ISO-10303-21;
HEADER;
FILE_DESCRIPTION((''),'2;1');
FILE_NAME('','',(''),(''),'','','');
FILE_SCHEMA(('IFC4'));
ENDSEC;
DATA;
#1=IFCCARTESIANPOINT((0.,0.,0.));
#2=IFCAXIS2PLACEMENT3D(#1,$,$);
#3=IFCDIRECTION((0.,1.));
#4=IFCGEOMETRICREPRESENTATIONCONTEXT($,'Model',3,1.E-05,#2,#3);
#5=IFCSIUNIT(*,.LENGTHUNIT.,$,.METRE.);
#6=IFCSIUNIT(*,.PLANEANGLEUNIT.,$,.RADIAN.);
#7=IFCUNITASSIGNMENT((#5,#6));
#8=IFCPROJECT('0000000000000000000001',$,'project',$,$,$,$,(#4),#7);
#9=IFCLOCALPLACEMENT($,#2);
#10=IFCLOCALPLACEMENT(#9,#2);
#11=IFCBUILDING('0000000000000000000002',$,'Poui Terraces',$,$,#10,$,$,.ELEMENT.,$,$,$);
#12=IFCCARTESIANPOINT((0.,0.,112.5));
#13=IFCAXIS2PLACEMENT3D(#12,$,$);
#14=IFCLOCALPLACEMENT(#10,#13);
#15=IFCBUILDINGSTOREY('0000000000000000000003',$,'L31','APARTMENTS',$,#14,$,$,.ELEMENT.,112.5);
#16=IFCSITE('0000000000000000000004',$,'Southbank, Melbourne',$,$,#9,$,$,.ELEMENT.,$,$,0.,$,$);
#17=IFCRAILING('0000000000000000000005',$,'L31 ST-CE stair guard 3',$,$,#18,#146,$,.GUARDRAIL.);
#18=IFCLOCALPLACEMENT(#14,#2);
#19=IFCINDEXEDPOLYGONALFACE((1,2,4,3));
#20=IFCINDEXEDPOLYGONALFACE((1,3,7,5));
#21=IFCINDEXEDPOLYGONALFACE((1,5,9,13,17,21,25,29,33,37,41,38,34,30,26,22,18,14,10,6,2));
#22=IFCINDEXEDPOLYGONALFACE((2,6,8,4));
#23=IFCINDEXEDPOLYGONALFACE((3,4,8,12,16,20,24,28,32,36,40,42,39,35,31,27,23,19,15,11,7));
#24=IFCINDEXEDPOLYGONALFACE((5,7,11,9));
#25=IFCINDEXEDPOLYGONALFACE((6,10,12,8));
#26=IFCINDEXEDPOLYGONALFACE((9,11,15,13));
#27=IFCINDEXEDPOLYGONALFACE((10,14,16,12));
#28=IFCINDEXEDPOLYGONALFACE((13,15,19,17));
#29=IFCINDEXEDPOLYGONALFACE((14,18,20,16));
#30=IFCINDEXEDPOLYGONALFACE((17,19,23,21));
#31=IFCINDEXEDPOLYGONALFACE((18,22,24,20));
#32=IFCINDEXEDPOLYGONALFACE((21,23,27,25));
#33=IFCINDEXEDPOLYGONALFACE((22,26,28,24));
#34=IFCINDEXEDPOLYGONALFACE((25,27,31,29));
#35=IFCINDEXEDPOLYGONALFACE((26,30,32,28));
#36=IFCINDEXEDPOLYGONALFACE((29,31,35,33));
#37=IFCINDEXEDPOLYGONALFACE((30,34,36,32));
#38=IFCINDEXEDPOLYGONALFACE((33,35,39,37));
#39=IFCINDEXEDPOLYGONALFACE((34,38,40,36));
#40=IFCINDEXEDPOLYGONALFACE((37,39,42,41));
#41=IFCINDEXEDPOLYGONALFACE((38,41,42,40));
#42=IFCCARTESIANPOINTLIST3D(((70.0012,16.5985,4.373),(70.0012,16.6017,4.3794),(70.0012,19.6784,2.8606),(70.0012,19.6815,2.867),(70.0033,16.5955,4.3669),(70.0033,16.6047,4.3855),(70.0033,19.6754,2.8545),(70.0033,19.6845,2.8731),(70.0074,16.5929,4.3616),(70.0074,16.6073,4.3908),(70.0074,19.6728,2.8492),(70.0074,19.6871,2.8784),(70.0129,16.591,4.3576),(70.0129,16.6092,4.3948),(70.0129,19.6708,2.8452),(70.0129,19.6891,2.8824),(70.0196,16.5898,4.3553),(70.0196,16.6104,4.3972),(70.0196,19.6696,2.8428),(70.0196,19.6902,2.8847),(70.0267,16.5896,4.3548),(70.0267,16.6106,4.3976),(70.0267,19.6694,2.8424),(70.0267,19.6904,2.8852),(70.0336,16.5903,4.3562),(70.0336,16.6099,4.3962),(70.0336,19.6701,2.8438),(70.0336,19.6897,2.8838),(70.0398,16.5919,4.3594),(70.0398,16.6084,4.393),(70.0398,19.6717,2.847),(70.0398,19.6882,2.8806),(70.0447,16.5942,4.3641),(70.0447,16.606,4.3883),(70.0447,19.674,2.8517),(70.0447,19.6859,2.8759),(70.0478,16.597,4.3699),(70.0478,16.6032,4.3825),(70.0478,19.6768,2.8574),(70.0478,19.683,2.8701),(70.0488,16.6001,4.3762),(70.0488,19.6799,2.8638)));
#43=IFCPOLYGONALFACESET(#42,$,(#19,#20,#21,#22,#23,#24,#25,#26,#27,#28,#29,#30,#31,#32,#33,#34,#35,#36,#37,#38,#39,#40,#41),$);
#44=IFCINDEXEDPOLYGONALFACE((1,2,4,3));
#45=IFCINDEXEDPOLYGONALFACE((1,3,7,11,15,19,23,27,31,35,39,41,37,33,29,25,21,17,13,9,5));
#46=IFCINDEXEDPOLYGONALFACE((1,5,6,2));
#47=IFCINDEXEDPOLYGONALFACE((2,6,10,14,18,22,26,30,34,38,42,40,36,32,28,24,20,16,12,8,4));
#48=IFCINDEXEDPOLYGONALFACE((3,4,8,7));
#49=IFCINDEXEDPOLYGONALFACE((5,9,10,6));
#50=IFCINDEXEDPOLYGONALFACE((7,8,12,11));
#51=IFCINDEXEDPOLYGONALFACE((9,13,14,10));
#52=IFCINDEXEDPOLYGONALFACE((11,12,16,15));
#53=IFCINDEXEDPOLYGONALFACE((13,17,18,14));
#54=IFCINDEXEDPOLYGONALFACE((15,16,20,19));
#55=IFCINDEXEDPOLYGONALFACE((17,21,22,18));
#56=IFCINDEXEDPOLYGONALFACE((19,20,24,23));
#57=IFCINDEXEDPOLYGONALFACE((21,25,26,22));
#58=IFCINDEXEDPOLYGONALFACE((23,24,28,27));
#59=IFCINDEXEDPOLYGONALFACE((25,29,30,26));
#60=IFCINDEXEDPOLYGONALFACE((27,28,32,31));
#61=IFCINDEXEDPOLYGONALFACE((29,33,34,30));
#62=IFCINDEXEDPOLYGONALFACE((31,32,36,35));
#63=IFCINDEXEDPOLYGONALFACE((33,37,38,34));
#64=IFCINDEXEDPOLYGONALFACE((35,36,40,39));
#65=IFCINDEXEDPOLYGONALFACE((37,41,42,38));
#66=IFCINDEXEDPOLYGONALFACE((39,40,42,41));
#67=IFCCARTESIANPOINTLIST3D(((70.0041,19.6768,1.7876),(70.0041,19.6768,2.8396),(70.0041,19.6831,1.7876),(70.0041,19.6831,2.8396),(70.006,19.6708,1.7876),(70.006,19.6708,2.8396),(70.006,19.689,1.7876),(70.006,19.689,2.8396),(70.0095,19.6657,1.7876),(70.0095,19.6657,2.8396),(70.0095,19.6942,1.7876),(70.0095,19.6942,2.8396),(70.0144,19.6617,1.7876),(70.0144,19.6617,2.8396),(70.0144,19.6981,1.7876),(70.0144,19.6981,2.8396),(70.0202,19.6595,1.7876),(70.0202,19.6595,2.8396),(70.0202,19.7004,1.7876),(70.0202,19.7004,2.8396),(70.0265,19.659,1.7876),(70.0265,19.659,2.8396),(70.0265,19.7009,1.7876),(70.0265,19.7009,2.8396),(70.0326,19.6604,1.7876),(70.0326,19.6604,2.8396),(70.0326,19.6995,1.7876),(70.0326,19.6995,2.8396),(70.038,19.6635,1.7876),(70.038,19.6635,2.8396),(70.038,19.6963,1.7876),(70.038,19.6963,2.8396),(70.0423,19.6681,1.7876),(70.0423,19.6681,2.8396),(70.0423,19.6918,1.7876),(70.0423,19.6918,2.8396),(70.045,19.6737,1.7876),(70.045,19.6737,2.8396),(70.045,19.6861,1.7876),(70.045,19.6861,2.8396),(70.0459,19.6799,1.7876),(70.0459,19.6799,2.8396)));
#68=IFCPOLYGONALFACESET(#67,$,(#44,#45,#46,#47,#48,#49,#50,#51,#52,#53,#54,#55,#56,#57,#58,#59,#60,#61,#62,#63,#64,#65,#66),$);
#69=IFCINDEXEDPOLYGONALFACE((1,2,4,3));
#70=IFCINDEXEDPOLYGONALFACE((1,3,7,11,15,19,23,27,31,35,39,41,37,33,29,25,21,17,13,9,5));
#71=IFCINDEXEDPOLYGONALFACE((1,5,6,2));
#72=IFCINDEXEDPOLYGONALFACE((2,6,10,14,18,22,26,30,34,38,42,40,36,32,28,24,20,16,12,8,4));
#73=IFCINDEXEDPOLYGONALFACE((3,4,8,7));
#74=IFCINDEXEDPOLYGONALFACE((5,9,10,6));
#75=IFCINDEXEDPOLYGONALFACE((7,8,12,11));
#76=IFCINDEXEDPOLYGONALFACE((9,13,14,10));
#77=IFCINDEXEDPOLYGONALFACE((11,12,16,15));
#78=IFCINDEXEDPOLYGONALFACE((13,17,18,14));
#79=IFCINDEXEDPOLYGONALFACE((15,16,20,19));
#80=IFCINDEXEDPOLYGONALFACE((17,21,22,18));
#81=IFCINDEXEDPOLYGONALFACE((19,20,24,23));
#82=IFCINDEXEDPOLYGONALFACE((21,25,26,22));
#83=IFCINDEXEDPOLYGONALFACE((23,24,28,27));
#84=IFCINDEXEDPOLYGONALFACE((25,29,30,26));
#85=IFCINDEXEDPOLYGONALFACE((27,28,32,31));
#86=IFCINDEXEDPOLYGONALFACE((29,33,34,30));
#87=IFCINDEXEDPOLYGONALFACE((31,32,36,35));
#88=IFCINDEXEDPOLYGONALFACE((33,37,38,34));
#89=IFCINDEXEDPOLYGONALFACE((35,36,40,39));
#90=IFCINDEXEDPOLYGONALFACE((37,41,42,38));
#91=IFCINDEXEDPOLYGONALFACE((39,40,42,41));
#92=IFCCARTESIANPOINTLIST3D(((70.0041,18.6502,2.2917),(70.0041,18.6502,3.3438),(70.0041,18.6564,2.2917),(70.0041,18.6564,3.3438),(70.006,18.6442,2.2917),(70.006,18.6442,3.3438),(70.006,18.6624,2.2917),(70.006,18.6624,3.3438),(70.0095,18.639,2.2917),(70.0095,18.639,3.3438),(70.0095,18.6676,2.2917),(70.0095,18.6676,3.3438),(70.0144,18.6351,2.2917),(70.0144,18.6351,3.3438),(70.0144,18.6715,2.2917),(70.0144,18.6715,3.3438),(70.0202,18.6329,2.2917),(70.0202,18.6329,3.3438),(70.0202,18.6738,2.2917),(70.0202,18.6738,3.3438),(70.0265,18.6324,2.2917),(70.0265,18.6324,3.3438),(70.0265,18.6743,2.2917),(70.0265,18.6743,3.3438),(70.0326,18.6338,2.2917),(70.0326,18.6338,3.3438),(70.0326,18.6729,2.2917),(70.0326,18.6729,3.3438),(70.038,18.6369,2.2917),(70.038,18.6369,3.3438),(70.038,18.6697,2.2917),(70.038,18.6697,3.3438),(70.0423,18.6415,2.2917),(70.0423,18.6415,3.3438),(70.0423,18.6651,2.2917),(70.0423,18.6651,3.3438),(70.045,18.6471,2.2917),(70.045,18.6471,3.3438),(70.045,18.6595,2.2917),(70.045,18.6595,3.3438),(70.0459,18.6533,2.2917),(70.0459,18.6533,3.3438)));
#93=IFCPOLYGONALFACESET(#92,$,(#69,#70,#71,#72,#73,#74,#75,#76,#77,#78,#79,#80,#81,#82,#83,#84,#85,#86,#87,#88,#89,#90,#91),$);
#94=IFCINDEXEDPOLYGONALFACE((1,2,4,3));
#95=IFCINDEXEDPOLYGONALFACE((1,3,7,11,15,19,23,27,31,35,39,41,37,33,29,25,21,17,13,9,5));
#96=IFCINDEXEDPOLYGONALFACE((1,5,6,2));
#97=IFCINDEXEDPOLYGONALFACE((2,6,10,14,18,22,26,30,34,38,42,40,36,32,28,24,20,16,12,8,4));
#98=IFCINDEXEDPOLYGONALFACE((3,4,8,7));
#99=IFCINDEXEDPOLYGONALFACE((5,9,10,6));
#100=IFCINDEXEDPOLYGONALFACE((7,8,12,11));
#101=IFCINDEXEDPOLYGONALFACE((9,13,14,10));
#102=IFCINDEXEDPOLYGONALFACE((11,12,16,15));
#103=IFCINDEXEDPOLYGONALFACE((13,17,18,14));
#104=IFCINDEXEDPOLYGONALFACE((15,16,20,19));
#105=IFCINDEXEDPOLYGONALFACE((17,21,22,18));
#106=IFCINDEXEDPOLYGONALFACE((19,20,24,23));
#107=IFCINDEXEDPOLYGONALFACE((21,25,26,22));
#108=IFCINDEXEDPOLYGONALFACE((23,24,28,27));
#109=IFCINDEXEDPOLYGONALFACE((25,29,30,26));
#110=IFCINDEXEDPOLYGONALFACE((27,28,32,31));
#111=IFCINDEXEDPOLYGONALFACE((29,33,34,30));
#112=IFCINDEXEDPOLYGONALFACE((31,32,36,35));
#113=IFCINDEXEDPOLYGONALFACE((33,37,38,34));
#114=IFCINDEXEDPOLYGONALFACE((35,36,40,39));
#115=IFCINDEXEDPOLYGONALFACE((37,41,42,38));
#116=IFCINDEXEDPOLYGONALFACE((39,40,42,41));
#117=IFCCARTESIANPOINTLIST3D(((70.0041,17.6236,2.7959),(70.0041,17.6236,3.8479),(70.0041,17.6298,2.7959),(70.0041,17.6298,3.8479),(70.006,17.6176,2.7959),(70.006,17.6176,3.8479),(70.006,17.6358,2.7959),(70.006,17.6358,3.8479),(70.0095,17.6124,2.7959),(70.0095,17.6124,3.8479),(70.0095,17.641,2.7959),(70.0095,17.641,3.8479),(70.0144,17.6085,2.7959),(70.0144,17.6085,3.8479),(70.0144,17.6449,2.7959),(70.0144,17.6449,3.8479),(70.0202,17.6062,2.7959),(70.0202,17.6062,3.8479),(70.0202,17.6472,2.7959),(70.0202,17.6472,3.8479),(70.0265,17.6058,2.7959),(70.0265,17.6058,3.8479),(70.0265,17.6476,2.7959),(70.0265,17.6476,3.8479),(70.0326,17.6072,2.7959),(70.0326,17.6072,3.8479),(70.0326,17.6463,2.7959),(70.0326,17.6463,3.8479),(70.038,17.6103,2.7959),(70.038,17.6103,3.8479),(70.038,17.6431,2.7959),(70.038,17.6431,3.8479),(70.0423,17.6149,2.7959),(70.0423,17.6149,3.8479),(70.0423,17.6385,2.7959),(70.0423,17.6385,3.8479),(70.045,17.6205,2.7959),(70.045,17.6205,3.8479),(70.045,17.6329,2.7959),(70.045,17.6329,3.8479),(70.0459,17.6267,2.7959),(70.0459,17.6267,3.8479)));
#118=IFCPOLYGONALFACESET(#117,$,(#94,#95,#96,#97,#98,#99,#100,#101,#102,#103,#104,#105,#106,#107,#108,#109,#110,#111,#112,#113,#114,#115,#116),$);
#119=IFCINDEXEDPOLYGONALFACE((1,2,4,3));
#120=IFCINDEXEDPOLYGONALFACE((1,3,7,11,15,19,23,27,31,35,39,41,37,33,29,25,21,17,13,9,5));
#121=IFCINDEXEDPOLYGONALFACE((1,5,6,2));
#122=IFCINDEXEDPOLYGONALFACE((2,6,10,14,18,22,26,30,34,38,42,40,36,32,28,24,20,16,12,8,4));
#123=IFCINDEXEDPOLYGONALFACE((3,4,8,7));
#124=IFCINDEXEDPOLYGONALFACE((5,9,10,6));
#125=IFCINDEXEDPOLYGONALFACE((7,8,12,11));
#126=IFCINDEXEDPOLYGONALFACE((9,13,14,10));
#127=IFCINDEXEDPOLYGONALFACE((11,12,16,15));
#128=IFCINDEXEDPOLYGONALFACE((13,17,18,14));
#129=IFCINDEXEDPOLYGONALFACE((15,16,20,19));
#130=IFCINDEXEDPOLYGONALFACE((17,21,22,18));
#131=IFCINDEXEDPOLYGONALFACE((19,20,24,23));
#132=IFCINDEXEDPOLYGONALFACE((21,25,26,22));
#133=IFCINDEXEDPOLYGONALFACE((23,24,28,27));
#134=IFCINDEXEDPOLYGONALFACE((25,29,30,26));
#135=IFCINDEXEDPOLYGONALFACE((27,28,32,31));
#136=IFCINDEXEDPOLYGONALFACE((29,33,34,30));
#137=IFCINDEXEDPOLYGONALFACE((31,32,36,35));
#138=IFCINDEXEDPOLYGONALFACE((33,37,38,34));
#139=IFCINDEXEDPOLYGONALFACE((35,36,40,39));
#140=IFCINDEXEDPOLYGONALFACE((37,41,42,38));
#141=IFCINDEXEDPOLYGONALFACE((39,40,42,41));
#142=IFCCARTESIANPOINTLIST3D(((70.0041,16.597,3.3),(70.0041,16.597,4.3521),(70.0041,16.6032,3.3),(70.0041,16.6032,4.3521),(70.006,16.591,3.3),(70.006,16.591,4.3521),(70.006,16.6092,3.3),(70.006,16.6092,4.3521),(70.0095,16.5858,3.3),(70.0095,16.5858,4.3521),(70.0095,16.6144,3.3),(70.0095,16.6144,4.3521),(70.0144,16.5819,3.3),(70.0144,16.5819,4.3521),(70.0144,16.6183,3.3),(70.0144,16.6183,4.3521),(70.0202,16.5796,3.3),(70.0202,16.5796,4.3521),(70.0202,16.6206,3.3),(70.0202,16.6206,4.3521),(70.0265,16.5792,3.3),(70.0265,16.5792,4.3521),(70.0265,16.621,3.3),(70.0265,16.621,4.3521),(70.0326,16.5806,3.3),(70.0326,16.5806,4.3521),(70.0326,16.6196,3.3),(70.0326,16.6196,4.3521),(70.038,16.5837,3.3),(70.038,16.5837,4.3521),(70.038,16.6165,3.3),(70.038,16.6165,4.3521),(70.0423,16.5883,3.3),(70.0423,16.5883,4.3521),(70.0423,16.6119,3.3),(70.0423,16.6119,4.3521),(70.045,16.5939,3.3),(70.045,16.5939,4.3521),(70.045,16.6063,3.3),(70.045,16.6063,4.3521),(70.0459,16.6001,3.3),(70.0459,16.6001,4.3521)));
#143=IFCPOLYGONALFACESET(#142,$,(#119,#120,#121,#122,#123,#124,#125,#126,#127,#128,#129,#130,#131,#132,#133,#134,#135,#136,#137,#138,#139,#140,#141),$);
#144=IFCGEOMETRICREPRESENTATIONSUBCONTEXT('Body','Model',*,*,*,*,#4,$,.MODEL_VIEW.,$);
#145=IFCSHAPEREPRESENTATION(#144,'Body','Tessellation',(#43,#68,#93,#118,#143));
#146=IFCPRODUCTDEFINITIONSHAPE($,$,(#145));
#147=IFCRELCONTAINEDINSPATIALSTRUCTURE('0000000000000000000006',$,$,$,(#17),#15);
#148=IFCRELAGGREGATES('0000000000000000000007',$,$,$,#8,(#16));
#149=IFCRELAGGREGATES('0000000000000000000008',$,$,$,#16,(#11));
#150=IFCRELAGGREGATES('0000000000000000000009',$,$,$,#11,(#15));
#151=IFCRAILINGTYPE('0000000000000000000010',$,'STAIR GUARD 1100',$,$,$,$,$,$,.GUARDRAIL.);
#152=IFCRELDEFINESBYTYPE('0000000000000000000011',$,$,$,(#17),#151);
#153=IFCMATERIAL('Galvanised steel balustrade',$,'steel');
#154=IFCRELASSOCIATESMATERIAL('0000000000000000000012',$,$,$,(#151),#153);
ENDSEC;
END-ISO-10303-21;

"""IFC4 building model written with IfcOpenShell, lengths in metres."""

from ifc_helpers import new_model, si_unit, direction, frame, origin, origin_2d, place, context, subcontext, project, spatial, circle, extrude, material, type_object, element, save


model = new_model("IFC4")

# Units and contexts
model_context = context("Model", 3, precision=1e-05, world=origin(), true_north=direction((0.0, 1.0)))
body_context = subcontext(model_context, "Body", "Model", "MODEL_VIEW")
ifc_project = project(units=[si_unit("LENGTHUNIT", "METRE"), si_unit("PLANEANGLEUNIT", "RADIAN")], contexts=[model_context])

# Site, building, storey
site_placement = place(None, origin())
site = spatial("IfcSite", under=ifc_project, at=site_placement, Name="Southbank, Melbourne", CompositionType="ELEMENT", RefElevation=0.0)
building_placement = place(site_placement, origin())
building = spatial("IfcBuilding", under=site, at=building_placement, Name="Poui Terraces", CompositionType="ELEMENT")
storey_placement = place(building_placement, frame((0.0, 0.0, 112.5)))
storey = spatial("IfcBuildingStorey", under=building, at=storey_placement, Name="L31", Description="APARTMENTS", CompositionType="ELEMENT", Elevation=112.5)

# Railing
ifc_material_1 = material(Name="Galvanised steel balustrade", Category="steel")
railing_type_1 = type_object("IfcRailingType", Name="STAIR GUARD 1100", PredefinedType="GUARDRAIL", material=ifc_material_1)
railing_1_placement = place(storey_placement, frame((70.0249, 19.6799, 1.7876)))
element("IfcRailing", 1, at=railing_1_placement, inside=storey, type_object=railing_type_1, Name="L31 ST-CE stair guard 3", PredefinedType="GUARDRAIL", context=body_context, shape_type="SweptSolid", body=[
    extrude(circle(Radius=0.0239, at=origin_2d()), frame((0.0, 0.0, 1.0762), z_axis=(0.0, -0.897606, 0.440798), x_axis=(1.0, 0.0, 0.0)), (0.0, 0.0, 1.0), 3.4312),
    extrude(circle(Radius=0.021, at=origin_2d()), origin(), (0.0, 0.0, 1.0), 1.052),
    extrude(circle(Radius=0.021, at=origin_2d()), frame((0.0, -1.0266, 0.5042)), (0.0, 0.0, 1.0), 1.052),
    extrude(circle(Radius=0.021, at=origin_2d()), frame((0.0, -2.0532, 1.0083)), (0.0, 0.0, 1.0), 1.052),
    extrude(circle(Radius=0.021, at=origin_2d()), frame((0.0, -3.0798, 1.5125)), (0.0, 0.0, 1.0), 1.052),
])

save(model, "model.ifc")
